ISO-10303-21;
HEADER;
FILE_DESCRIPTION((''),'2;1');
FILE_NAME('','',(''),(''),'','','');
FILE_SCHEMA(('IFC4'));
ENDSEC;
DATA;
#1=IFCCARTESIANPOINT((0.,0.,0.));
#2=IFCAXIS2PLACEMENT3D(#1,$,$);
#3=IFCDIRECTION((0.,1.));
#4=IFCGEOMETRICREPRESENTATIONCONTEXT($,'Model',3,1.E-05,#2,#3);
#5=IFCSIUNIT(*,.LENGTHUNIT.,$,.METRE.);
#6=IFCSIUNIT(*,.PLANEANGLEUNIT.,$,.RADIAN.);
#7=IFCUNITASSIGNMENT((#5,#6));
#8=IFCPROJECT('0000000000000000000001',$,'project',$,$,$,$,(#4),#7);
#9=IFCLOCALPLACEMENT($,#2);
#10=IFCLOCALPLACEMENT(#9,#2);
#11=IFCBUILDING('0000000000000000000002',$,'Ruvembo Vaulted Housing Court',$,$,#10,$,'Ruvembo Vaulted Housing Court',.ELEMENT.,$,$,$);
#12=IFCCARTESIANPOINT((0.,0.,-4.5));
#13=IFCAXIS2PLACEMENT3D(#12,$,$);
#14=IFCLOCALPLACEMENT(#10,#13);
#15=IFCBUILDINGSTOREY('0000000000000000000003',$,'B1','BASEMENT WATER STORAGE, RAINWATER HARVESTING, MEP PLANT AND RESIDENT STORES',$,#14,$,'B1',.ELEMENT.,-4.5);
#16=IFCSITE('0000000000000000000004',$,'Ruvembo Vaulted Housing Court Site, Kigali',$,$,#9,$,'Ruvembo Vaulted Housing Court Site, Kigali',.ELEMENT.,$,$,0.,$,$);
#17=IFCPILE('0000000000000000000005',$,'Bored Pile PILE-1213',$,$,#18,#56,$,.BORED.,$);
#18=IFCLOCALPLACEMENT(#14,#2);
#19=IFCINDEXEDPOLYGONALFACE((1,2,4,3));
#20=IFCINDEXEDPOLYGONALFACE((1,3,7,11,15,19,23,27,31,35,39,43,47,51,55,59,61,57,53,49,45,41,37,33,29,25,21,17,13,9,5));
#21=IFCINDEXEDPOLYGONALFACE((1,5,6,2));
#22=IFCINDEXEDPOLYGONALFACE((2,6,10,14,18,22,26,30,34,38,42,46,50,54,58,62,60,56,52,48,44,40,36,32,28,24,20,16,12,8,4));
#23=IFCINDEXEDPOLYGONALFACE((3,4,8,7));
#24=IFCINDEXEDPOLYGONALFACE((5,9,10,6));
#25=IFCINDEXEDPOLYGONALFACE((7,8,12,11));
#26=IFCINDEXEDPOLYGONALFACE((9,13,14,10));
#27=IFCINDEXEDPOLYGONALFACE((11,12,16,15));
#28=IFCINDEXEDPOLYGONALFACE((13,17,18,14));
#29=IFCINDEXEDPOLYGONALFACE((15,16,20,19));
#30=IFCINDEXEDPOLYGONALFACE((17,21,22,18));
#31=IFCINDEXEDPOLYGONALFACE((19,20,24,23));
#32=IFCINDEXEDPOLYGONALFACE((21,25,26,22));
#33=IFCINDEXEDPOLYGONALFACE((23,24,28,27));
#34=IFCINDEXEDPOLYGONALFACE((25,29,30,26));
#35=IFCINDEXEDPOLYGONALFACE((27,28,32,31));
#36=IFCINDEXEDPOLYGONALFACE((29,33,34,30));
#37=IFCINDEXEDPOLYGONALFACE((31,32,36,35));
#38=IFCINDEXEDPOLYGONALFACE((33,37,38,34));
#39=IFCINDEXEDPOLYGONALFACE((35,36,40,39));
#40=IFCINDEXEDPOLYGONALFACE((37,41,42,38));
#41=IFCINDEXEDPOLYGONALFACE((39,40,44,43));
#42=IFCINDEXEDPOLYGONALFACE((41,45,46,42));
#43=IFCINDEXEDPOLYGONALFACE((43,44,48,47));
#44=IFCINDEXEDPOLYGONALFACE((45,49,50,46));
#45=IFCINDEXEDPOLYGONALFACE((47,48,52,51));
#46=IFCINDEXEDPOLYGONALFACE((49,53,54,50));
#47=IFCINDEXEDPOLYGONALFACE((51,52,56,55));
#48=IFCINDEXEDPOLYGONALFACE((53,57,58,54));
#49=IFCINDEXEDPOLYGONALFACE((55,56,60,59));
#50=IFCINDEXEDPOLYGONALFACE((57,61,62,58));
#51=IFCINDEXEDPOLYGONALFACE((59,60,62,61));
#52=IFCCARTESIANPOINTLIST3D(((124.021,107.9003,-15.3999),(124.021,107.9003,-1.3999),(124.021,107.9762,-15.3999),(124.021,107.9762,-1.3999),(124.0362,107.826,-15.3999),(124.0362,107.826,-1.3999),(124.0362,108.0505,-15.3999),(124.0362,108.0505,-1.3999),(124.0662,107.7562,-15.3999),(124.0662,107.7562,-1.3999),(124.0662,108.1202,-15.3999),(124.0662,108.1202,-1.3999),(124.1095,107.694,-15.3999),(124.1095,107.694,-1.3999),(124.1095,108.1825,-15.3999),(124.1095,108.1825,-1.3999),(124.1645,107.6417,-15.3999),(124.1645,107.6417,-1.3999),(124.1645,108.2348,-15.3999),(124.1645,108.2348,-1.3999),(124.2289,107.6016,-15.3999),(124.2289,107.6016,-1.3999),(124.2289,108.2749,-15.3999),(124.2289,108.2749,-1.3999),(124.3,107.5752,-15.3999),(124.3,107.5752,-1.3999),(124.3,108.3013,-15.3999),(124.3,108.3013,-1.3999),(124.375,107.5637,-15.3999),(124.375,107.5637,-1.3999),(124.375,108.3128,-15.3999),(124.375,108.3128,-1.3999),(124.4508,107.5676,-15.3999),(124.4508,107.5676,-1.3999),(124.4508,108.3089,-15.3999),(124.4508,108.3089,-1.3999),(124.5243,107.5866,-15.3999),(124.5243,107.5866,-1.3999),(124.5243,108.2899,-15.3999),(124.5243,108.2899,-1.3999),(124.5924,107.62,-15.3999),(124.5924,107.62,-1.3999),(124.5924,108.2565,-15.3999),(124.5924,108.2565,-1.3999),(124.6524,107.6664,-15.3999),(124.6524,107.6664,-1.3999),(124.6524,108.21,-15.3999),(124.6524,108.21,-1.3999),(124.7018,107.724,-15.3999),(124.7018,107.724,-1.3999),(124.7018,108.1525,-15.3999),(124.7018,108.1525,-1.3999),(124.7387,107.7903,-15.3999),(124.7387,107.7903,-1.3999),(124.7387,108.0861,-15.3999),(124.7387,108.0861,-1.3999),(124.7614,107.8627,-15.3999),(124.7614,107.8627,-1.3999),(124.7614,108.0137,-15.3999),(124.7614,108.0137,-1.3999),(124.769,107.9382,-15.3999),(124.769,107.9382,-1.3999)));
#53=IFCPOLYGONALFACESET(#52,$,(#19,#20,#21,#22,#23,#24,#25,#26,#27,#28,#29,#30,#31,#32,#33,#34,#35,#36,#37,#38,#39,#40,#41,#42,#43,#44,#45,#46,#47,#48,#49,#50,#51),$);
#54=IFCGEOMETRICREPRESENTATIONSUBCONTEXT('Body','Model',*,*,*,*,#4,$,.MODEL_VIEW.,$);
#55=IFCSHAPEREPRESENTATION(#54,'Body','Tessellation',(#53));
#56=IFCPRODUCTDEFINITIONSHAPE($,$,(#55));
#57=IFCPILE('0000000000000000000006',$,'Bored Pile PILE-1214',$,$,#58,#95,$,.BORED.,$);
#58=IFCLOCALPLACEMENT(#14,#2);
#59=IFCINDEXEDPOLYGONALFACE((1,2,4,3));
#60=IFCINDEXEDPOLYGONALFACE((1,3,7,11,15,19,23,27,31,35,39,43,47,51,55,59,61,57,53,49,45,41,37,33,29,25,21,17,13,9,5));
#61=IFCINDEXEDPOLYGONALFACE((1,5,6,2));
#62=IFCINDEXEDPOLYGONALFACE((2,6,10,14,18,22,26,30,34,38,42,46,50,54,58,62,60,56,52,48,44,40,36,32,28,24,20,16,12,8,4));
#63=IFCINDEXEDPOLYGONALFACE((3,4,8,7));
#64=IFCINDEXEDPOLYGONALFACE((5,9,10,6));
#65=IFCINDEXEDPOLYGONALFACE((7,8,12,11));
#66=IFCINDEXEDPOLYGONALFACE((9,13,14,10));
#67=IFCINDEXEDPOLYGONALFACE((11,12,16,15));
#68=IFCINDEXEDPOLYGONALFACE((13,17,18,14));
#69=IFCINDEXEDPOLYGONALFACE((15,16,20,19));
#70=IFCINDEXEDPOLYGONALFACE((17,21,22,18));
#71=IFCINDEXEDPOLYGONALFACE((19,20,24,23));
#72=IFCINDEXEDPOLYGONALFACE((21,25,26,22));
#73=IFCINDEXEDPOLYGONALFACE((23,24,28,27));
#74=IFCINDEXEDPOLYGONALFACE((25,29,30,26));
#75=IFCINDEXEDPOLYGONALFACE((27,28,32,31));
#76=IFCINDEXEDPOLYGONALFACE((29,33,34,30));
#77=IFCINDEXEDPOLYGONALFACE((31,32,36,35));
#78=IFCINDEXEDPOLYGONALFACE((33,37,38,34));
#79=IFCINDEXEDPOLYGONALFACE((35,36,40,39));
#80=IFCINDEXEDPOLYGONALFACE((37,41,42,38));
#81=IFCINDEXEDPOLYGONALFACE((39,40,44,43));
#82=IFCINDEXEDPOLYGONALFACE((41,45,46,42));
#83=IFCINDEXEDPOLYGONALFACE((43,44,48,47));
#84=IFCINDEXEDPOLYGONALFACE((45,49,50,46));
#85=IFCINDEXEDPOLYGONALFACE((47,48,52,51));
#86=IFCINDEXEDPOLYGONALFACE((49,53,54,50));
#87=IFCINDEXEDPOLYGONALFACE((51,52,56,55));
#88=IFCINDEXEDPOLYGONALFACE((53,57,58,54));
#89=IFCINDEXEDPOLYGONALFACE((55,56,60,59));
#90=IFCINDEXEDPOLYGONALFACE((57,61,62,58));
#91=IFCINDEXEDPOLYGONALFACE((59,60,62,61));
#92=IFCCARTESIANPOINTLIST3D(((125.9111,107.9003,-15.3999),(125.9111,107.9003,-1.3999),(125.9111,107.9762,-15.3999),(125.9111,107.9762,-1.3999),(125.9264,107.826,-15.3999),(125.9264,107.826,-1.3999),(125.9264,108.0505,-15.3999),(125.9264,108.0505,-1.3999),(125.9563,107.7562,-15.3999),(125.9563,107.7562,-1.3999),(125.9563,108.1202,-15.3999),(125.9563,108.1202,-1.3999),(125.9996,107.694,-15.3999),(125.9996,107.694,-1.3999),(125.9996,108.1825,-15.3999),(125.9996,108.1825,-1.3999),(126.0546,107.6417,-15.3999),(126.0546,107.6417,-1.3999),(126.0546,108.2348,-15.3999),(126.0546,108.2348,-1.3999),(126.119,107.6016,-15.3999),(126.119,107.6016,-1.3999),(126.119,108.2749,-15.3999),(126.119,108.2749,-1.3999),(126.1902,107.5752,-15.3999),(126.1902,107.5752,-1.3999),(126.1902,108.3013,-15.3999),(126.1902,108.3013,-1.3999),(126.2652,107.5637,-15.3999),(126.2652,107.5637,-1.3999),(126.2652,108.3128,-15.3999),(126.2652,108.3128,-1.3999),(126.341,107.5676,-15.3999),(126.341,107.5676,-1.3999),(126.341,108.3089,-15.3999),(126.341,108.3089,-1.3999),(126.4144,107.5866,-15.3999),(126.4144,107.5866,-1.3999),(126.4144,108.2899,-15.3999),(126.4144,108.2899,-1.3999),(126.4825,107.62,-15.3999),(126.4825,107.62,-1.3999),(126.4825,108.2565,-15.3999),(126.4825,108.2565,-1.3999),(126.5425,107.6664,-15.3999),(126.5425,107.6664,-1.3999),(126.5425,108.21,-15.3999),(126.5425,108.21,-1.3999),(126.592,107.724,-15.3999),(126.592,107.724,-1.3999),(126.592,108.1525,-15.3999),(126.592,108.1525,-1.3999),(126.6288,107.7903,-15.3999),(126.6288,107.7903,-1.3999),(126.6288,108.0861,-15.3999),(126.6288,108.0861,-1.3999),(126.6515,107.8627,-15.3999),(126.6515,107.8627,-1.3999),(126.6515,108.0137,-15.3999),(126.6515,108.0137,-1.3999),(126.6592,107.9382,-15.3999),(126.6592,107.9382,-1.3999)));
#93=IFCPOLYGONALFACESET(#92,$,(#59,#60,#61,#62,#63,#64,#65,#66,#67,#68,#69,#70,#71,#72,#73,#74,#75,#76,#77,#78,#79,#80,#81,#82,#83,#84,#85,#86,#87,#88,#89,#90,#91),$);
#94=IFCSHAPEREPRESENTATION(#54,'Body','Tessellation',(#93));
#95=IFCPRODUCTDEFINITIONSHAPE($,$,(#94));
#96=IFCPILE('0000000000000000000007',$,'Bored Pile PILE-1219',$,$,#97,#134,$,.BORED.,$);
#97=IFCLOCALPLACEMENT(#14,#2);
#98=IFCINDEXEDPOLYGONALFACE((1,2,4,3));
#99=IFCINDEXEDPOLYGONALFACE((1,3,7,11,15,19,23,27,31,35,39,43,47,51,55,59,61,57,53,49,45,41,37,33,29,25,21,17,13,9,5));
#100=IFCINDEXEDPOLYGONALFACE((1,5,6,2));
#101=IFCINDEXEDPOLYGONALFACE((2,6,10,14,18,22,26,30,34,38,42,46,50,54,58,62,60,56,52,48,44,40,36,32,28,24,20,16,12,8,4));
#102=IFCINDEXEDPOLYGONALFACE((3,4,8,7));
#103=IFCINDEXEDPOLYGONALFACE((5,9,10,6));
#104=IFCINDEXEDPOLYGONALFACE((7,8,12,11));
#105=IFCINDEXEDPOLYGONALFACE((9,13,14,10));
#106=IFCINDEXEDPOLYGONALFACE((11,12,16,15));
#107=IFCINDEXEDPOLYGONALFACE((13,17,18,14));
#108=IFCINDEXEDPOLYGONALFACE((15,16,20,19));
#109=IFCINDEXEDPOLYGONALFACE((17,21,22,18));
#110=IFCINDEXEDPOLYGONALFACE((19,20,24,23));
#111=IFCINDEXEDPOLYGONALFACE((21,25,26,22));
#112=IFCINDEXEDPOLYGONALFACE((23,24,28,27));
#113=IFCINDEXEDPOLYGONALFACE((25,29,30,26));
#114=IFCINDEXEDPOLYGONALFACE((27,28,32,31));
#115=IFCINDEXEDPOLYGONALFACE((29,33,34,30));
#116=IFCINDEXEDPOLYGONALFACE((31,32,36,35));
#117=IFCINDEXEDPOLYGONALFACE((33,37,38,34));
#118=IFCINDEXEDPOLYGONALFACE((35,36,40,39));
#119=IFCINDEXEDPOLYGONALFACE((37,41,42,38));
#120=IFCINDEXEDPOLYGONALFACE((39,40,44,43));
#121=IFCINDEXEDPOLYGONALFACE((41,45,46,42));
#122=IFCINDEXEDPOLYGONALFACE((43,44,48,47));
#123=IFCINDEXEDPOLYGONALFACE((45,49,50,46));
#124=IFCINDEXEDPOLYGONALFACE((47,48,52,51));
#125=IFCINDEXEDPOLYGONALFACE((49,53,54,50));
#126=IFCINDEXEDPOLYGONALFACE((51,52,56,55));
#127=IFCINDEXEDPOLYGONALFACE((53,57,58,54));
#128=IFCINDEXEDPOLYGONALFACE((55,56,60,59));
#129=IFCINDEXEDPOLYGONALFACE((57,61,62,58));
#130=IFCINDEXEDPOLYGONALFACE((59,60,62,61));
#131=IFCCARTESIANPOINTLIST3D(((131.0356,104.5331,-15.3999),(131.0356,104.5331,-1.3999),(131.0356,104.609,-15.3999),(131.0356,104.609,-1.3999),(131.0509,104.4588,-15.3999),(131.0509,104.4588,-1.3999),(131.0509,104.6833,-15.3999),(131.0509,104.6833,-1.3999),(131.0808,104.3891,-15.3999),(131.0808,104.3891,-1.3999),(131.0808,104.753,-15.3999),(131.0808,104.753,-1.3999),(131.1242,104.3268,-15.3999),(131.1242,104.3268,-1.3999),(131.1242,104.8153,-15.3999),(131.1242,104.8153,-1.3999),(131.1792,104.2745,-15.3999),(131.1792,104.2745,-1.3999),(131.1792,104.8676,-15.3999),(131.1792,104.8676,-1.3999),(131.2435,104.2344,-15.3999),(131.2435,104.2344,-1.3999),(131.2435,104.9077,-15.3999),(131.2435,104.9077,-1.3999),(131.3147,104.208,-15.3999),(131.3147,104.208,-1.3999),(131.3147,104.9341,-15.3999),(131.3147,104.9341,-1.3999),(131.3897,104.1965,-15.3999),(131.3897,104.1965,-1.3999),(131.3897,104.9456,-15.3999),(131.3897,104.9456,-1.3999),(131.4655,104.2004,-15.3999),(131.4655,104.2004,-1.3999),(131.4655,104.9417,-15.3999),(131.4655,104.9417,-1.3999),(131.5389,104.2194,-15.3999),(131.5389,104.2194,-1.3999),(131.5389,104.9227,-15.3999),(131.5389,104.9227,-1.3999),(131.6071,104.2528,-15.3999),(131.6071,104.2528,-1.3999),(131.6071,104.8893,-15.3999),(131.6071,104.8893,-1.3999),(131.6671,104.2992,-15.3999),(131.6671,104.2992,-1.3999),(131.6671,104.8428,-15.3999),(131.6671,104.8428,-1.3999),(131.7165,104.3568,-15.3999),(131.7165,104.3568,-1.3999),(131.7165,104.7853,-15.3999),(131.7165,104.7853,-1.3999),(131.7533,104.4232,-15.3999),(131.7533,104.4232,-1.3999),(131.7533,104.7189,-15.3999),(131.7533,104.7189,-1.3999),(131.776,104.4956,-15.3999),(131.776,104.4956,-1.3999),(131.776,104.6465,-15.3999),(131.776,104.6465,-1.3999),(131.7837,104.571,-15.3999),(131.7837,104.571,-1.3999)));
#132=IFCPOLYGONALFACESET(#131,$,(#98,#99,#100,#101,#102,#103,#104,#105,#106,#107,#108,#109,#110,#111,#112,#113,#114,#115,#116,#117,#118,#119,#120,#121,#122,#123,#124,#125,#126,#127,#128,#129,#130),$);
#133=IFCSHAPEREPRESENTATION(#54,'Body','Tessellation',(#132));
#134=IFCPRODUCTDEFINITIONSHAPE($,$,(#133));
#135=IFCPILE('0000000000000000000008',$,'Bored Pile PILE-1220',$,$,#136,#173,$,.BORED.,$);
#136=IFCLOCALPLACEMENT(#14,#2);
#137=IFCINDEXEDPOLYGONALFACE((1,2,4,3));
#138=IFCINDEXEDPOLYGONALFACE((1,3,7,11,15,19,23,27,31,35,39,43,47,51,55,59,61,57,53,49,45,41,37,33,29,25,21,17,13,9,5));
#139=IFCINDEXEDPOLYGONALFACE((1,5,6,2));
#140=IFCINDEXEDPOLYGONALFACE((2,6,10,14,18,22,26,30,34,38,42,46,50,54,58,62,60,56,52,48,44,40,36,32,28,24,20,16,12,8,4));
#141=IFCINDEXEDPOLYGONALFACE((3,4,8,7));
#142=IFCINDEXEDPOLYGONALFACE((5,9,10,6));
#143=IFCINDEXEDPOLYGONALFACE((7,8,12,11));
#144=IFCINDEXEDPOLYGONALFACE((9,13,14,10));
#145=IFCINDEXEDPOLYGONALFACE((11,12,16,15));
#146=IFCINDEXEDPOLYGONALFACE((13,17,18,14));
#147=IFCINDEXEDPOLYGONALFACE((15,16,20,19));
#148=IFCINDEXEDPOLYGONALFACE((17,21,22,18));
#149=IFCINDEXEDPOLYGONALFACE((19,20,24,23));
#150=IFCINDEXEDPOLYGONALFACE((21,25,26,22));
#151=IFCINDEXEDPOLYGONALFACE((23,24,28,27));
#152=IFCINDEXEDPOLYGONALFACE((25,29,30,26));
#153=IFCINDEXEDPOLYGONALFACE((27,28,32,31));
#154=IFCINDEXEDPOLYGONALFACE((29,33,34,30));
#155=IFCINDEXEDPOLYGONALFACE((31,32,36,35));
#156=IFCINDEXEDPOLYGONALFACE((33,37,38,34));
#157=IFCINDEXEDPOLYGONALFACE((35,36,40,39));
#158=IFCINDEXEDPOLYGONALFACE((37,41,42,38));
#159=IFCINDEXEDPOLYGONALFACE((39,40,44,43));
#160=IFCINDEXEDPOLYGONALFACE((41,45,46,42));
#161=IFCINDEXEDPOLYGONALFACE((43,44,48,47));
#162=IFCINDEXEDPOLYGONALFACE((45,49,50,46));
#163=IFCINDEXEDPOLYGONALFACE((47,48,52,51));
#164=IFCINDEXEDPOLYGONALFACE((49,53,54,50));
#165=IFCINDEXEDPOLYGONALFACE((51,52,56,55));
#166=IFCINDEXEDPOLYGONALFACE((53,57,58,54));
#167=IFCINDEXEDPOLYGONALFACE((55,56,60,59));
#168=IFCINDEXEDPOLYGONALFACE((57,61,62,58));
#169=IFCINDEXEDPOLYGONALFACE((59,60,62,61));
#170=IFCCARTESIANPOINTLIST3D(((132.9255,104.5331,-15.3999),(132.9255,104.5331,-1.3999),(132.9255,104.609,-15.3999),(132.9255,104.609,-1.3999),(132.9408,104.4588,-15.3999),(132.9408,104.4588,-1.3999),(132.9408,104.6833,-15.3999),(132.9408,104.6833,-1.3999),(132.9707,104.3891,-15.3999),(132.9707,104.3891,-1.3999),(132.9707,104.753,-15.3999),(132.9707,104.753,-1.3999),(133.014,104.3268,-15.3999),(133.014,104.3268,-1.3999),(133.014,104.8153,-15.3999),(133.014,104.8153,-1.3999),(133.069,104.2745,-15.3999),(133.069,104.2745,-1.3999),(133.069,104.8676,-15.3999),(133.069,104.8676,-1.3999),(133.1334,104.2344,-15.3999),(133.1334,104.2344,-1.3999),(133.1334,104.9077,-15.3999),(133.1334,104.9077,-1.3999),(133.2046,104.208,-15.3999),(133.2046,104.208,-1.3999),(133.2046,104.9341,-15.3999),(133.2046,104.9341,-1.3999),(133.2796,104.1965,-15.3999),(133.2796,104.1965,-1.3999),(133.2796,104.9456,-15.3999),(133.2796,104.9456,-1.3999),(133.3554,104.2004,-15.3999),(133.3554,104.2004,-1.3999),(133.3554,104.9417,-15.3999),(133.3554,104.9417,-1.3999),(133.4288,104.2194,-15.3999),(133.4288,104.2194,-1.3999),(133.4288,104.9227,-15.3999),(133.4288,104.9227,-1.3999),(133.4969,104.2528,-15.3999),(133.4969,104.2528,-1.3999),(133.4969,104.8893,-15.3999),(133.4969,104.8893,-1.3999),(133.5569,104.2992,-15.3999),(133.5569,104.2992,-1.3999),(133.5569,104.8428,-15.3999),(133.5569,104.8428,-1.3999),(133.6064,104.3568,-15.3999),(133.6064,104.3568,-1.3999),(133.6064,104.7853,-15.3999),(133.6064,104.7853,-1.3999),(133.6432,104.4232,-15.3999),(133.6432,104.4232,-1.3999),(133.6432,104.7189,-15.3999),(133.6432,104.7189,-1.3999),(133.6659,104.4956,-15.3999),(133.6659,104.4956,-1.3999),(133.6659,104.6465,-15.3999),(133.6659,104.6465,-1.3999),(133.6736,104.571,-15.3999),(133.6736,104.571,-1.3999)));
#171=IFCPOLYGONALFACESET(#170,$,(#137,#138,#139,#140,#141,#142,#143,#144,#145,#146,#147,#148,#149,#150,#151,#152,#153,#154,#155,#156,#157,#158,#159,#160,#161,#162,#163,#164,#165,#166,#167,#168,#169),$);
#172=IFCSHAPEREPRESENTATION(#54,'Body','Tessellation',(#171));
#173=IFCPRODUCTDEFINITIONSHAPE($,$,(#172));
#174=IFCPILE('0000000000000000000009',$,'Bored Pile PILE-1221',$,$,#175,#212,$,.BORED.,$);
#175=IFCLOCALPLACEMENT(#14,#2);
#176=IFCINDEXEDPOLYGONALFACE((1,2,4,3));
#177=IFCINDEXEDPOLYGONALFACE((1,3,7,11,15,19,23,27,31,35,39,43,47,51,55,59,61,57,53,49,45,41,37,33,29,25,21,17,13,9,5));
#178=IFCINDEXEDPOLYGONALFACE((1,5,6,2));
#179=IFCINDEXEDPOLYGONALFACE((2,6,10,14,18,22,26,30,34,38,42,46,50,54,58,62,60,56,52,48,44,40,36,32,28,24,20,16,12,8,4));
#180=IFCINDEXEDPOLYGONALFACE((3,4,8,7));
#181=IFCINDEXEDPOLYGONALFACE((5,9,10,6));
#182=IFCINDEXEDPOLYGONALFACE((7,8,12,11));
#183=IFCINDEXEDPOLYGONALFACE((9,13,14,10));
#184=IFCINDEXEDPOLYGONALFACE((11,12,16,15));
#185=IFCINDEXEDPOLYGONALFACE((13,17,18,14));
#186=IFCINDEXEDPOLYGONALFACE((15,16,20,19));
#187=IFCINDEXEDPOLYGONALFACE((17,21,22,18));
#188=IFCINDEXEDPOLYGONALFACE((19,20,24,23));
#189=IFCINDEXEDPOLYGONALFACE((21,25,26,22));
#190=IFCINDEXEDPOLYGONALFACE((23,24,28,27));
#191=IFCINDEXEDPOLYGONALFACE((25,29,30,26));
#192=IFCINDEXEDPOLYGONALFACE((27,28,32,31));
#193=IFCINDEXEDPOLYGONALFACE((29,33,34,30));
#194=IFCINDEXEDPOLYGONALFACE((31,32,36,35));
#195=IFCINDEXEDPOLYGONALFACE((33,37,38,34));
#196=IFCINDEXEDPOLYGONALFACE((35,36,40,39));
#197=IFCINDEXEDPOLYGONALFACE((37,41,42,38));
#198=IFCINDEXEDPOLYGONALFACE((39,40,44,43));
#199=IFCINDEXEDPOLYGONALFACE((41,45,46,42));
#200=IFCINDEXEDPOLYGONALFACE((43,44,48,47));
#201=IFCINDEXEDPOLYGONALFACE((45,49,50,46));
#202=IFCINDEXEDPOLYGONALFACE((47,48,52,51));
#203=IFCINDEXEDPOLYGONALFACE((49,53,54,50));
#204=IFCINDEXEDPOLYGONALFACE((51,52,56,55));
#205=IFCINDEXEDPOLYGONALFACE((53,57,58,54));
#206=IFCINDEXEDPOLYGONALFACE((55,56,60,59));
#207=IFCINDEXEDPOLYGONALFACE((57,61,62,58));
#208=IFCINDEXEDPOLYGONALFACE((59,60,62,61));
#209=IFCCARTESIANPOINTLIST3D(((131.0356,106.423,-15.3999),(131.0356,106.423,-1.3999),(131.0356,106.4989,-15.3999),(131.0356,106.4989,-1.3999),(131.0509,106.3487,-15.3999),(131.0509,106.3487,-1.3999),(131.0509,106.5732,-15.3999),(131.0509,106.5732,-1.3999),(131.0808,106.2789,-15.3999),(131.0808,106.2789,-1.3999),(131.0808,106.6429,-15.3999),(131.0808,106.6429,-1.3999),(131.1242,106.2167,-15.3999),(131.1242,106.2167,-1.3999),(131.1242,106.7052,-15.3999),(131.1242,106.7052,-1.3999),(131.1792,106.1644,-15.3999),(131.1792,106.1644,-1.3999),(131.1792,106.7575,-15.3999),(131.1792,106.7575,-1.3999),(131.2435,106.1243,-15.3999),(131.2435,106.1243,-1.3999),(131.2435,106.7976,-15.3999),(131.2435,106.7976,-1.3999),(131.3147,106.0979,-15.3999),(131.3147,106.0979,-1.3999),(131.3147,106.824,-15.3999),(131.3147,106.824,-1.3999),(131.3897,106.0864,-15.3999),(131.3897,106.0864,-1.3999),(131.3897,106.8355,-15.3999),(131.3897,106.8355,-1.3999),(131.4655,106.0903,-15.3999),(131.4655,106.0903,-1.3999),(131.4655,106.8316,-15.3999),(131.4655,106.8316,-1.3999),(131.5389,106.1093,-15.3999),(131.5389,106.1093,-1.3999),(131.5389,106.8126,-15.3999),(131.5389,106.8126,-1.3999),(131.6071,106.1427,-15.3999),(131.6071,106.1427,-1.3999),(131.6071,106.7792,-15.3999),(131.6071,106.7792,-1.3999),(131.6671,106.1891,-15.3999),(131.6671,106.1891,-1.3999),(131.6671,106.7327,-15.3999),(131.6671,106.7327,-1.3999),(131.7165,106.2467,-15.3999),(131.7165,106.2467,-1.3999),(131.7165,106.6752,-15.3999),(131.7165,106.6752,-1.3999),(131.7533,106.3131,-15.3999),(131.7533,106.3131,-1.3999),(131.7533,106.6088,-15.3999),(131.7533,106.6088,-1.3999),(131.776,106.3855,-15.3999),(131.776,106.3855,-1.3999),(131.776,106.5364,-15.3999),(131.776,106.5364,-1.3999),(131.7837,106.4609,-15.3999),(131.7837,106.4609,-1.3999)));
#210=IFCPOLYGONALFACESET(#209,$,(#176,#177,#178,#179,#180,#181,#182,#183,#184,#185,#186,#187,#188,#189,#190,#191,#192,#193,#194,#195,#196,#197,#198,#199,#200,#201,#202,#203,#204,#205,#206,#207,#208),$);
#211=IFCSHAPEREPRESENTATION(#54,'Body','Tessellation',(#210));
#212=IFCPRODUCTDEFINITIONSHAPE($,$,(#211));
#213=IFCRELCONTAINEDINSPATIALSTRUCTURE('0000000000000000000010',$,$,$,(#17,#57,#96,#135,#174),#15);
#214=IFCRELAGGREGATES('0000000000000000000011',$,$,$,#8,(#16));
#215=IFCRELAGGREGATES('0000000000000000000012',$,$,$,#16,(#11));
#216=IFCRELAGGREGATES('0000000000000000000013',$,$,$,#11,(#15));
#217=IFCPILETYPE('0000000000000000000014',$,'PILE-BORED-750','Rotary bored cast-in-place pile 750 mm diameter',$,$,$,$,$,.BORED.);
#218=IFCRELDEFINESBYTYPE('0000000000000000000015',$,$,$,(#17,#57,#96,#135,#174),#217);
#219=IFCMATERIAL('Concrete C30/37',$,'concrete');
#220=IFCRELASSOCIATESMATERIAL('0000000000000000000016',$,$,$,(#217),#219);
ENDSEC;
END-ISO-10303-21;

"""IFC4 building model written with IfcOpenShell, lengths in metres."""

from ifc_helpers import new_model, si_unit, direction, frame, origin, origin_2d, place, context, subcontext, project, spatial, circle, extrude, material, material_profile, profile_set, type_object, element, save


model = new_model("IFC4")

# Units and contexts
model_context = context("Model", 3, precision=1e-05, world=origin(), true_north=direction((0.0, 1.0)))
body_context = subcontext(model_context, "Body", "Model", "MODEL_VIEW")
ifc_project = project(units=[si_unit("LENGTHUNIT", "METRE"), si_unit("PLANEANGLEUNIT", "RADIAN")], contexts=[model_context])

# Site, building, storey
site_placement = place(None, origin())
site = spatial("IfcSite", under=ifc_project, at=site_placement, Name="Ruvembo Vaulted Housing Court Site, Kigali", LongName="Ruvembo Vaulted Housing Court Site, Kigali", CompositionType="ELEMENT", RefElevation=0.0)
building_placement = place(site_placement, origin())
building = spatial("IfcBuilding", under=site, at=building_placement, Name="Ruvembo Vaulted Housing Court", LongName="Ruvembo Vaulted Housing Court", CompositionType="ELEMENT")
storey_placement = place(building_placement, frame((0.0, 0.0, -4.5)))
storey = spatial("IfcBuildingStorey", under=building, at=storey_placement, Name="B1", Description="BASEMENT WATER STORAGE, RAINWATER HARVESTING, MEP PLANT AND RESIDENT STORES", LongName="B1", CompositionType="ELEMENT", Elevation=-4.5)

# Piles
ifc_material_1 = material(Name="Concrete C30/37", Category="concrete")
ifc_material_profile_1 = material_profile(ifc_material_1, circle(Radius=0.375, at=origin_2d()), Name="PILE D750")
ifc_profile_set_1 = profile_set([ifc_material_profile_1], Name="Concrete C30/37")
pile_type = type_object("IfcPileType", Name="PILE-BORED-750", Description="Rotary bored cast-in-place pile 750 mm diameter", PredefinedType="BORED", material=ifc_profile_set_1)
for number, where, z_axis, x_axis, name in (
    (1, (124.394, 107.9382, -1.3999), (0.0, 0.0, -1.0), (1.0, 0.0, 0.0), "Bored Pile PILE-1213"),
    (2, (126.2842, 107.9382, -1.3999), (0.0, 0.0, -1.0), (1.0, 0.0, 0.0), "Bored Pile PILE-1214"),
    (3, (131.4087, 104.571, -1.3999), (0.0, 0.0, -1.0), (1.0, 0.0, 0.0), "Bored Pile PILE-1219"),
    (4, (133.2986, 104.571, -1.3999), (0.0, 0.0, -1.0), (1.0, 0.0, 0.0), "Bored Pile PILE-1220"),
    (5, (131.4087, 106.4609, -1.3999), (0.0, 0.0, -1.0), (1.0, 0.0, 0.0), "Bored Pile PILE-1221"),
):
    element("IfcPile", number, at=place(storey_placement, frame(where, z_axis=z_axis, x_axis=x_axis)), inside=storey, type_object=pile_type, Name=name, PredefinedType="BORED", context=body_context, shape_type="SweptSolid", body=[
        extrude(circle(Radius=0.375, at=origin_2d()), origin(), (0.0, 0.0, 1.0), 14.0),
    ])

save(model, "model.ifc")
